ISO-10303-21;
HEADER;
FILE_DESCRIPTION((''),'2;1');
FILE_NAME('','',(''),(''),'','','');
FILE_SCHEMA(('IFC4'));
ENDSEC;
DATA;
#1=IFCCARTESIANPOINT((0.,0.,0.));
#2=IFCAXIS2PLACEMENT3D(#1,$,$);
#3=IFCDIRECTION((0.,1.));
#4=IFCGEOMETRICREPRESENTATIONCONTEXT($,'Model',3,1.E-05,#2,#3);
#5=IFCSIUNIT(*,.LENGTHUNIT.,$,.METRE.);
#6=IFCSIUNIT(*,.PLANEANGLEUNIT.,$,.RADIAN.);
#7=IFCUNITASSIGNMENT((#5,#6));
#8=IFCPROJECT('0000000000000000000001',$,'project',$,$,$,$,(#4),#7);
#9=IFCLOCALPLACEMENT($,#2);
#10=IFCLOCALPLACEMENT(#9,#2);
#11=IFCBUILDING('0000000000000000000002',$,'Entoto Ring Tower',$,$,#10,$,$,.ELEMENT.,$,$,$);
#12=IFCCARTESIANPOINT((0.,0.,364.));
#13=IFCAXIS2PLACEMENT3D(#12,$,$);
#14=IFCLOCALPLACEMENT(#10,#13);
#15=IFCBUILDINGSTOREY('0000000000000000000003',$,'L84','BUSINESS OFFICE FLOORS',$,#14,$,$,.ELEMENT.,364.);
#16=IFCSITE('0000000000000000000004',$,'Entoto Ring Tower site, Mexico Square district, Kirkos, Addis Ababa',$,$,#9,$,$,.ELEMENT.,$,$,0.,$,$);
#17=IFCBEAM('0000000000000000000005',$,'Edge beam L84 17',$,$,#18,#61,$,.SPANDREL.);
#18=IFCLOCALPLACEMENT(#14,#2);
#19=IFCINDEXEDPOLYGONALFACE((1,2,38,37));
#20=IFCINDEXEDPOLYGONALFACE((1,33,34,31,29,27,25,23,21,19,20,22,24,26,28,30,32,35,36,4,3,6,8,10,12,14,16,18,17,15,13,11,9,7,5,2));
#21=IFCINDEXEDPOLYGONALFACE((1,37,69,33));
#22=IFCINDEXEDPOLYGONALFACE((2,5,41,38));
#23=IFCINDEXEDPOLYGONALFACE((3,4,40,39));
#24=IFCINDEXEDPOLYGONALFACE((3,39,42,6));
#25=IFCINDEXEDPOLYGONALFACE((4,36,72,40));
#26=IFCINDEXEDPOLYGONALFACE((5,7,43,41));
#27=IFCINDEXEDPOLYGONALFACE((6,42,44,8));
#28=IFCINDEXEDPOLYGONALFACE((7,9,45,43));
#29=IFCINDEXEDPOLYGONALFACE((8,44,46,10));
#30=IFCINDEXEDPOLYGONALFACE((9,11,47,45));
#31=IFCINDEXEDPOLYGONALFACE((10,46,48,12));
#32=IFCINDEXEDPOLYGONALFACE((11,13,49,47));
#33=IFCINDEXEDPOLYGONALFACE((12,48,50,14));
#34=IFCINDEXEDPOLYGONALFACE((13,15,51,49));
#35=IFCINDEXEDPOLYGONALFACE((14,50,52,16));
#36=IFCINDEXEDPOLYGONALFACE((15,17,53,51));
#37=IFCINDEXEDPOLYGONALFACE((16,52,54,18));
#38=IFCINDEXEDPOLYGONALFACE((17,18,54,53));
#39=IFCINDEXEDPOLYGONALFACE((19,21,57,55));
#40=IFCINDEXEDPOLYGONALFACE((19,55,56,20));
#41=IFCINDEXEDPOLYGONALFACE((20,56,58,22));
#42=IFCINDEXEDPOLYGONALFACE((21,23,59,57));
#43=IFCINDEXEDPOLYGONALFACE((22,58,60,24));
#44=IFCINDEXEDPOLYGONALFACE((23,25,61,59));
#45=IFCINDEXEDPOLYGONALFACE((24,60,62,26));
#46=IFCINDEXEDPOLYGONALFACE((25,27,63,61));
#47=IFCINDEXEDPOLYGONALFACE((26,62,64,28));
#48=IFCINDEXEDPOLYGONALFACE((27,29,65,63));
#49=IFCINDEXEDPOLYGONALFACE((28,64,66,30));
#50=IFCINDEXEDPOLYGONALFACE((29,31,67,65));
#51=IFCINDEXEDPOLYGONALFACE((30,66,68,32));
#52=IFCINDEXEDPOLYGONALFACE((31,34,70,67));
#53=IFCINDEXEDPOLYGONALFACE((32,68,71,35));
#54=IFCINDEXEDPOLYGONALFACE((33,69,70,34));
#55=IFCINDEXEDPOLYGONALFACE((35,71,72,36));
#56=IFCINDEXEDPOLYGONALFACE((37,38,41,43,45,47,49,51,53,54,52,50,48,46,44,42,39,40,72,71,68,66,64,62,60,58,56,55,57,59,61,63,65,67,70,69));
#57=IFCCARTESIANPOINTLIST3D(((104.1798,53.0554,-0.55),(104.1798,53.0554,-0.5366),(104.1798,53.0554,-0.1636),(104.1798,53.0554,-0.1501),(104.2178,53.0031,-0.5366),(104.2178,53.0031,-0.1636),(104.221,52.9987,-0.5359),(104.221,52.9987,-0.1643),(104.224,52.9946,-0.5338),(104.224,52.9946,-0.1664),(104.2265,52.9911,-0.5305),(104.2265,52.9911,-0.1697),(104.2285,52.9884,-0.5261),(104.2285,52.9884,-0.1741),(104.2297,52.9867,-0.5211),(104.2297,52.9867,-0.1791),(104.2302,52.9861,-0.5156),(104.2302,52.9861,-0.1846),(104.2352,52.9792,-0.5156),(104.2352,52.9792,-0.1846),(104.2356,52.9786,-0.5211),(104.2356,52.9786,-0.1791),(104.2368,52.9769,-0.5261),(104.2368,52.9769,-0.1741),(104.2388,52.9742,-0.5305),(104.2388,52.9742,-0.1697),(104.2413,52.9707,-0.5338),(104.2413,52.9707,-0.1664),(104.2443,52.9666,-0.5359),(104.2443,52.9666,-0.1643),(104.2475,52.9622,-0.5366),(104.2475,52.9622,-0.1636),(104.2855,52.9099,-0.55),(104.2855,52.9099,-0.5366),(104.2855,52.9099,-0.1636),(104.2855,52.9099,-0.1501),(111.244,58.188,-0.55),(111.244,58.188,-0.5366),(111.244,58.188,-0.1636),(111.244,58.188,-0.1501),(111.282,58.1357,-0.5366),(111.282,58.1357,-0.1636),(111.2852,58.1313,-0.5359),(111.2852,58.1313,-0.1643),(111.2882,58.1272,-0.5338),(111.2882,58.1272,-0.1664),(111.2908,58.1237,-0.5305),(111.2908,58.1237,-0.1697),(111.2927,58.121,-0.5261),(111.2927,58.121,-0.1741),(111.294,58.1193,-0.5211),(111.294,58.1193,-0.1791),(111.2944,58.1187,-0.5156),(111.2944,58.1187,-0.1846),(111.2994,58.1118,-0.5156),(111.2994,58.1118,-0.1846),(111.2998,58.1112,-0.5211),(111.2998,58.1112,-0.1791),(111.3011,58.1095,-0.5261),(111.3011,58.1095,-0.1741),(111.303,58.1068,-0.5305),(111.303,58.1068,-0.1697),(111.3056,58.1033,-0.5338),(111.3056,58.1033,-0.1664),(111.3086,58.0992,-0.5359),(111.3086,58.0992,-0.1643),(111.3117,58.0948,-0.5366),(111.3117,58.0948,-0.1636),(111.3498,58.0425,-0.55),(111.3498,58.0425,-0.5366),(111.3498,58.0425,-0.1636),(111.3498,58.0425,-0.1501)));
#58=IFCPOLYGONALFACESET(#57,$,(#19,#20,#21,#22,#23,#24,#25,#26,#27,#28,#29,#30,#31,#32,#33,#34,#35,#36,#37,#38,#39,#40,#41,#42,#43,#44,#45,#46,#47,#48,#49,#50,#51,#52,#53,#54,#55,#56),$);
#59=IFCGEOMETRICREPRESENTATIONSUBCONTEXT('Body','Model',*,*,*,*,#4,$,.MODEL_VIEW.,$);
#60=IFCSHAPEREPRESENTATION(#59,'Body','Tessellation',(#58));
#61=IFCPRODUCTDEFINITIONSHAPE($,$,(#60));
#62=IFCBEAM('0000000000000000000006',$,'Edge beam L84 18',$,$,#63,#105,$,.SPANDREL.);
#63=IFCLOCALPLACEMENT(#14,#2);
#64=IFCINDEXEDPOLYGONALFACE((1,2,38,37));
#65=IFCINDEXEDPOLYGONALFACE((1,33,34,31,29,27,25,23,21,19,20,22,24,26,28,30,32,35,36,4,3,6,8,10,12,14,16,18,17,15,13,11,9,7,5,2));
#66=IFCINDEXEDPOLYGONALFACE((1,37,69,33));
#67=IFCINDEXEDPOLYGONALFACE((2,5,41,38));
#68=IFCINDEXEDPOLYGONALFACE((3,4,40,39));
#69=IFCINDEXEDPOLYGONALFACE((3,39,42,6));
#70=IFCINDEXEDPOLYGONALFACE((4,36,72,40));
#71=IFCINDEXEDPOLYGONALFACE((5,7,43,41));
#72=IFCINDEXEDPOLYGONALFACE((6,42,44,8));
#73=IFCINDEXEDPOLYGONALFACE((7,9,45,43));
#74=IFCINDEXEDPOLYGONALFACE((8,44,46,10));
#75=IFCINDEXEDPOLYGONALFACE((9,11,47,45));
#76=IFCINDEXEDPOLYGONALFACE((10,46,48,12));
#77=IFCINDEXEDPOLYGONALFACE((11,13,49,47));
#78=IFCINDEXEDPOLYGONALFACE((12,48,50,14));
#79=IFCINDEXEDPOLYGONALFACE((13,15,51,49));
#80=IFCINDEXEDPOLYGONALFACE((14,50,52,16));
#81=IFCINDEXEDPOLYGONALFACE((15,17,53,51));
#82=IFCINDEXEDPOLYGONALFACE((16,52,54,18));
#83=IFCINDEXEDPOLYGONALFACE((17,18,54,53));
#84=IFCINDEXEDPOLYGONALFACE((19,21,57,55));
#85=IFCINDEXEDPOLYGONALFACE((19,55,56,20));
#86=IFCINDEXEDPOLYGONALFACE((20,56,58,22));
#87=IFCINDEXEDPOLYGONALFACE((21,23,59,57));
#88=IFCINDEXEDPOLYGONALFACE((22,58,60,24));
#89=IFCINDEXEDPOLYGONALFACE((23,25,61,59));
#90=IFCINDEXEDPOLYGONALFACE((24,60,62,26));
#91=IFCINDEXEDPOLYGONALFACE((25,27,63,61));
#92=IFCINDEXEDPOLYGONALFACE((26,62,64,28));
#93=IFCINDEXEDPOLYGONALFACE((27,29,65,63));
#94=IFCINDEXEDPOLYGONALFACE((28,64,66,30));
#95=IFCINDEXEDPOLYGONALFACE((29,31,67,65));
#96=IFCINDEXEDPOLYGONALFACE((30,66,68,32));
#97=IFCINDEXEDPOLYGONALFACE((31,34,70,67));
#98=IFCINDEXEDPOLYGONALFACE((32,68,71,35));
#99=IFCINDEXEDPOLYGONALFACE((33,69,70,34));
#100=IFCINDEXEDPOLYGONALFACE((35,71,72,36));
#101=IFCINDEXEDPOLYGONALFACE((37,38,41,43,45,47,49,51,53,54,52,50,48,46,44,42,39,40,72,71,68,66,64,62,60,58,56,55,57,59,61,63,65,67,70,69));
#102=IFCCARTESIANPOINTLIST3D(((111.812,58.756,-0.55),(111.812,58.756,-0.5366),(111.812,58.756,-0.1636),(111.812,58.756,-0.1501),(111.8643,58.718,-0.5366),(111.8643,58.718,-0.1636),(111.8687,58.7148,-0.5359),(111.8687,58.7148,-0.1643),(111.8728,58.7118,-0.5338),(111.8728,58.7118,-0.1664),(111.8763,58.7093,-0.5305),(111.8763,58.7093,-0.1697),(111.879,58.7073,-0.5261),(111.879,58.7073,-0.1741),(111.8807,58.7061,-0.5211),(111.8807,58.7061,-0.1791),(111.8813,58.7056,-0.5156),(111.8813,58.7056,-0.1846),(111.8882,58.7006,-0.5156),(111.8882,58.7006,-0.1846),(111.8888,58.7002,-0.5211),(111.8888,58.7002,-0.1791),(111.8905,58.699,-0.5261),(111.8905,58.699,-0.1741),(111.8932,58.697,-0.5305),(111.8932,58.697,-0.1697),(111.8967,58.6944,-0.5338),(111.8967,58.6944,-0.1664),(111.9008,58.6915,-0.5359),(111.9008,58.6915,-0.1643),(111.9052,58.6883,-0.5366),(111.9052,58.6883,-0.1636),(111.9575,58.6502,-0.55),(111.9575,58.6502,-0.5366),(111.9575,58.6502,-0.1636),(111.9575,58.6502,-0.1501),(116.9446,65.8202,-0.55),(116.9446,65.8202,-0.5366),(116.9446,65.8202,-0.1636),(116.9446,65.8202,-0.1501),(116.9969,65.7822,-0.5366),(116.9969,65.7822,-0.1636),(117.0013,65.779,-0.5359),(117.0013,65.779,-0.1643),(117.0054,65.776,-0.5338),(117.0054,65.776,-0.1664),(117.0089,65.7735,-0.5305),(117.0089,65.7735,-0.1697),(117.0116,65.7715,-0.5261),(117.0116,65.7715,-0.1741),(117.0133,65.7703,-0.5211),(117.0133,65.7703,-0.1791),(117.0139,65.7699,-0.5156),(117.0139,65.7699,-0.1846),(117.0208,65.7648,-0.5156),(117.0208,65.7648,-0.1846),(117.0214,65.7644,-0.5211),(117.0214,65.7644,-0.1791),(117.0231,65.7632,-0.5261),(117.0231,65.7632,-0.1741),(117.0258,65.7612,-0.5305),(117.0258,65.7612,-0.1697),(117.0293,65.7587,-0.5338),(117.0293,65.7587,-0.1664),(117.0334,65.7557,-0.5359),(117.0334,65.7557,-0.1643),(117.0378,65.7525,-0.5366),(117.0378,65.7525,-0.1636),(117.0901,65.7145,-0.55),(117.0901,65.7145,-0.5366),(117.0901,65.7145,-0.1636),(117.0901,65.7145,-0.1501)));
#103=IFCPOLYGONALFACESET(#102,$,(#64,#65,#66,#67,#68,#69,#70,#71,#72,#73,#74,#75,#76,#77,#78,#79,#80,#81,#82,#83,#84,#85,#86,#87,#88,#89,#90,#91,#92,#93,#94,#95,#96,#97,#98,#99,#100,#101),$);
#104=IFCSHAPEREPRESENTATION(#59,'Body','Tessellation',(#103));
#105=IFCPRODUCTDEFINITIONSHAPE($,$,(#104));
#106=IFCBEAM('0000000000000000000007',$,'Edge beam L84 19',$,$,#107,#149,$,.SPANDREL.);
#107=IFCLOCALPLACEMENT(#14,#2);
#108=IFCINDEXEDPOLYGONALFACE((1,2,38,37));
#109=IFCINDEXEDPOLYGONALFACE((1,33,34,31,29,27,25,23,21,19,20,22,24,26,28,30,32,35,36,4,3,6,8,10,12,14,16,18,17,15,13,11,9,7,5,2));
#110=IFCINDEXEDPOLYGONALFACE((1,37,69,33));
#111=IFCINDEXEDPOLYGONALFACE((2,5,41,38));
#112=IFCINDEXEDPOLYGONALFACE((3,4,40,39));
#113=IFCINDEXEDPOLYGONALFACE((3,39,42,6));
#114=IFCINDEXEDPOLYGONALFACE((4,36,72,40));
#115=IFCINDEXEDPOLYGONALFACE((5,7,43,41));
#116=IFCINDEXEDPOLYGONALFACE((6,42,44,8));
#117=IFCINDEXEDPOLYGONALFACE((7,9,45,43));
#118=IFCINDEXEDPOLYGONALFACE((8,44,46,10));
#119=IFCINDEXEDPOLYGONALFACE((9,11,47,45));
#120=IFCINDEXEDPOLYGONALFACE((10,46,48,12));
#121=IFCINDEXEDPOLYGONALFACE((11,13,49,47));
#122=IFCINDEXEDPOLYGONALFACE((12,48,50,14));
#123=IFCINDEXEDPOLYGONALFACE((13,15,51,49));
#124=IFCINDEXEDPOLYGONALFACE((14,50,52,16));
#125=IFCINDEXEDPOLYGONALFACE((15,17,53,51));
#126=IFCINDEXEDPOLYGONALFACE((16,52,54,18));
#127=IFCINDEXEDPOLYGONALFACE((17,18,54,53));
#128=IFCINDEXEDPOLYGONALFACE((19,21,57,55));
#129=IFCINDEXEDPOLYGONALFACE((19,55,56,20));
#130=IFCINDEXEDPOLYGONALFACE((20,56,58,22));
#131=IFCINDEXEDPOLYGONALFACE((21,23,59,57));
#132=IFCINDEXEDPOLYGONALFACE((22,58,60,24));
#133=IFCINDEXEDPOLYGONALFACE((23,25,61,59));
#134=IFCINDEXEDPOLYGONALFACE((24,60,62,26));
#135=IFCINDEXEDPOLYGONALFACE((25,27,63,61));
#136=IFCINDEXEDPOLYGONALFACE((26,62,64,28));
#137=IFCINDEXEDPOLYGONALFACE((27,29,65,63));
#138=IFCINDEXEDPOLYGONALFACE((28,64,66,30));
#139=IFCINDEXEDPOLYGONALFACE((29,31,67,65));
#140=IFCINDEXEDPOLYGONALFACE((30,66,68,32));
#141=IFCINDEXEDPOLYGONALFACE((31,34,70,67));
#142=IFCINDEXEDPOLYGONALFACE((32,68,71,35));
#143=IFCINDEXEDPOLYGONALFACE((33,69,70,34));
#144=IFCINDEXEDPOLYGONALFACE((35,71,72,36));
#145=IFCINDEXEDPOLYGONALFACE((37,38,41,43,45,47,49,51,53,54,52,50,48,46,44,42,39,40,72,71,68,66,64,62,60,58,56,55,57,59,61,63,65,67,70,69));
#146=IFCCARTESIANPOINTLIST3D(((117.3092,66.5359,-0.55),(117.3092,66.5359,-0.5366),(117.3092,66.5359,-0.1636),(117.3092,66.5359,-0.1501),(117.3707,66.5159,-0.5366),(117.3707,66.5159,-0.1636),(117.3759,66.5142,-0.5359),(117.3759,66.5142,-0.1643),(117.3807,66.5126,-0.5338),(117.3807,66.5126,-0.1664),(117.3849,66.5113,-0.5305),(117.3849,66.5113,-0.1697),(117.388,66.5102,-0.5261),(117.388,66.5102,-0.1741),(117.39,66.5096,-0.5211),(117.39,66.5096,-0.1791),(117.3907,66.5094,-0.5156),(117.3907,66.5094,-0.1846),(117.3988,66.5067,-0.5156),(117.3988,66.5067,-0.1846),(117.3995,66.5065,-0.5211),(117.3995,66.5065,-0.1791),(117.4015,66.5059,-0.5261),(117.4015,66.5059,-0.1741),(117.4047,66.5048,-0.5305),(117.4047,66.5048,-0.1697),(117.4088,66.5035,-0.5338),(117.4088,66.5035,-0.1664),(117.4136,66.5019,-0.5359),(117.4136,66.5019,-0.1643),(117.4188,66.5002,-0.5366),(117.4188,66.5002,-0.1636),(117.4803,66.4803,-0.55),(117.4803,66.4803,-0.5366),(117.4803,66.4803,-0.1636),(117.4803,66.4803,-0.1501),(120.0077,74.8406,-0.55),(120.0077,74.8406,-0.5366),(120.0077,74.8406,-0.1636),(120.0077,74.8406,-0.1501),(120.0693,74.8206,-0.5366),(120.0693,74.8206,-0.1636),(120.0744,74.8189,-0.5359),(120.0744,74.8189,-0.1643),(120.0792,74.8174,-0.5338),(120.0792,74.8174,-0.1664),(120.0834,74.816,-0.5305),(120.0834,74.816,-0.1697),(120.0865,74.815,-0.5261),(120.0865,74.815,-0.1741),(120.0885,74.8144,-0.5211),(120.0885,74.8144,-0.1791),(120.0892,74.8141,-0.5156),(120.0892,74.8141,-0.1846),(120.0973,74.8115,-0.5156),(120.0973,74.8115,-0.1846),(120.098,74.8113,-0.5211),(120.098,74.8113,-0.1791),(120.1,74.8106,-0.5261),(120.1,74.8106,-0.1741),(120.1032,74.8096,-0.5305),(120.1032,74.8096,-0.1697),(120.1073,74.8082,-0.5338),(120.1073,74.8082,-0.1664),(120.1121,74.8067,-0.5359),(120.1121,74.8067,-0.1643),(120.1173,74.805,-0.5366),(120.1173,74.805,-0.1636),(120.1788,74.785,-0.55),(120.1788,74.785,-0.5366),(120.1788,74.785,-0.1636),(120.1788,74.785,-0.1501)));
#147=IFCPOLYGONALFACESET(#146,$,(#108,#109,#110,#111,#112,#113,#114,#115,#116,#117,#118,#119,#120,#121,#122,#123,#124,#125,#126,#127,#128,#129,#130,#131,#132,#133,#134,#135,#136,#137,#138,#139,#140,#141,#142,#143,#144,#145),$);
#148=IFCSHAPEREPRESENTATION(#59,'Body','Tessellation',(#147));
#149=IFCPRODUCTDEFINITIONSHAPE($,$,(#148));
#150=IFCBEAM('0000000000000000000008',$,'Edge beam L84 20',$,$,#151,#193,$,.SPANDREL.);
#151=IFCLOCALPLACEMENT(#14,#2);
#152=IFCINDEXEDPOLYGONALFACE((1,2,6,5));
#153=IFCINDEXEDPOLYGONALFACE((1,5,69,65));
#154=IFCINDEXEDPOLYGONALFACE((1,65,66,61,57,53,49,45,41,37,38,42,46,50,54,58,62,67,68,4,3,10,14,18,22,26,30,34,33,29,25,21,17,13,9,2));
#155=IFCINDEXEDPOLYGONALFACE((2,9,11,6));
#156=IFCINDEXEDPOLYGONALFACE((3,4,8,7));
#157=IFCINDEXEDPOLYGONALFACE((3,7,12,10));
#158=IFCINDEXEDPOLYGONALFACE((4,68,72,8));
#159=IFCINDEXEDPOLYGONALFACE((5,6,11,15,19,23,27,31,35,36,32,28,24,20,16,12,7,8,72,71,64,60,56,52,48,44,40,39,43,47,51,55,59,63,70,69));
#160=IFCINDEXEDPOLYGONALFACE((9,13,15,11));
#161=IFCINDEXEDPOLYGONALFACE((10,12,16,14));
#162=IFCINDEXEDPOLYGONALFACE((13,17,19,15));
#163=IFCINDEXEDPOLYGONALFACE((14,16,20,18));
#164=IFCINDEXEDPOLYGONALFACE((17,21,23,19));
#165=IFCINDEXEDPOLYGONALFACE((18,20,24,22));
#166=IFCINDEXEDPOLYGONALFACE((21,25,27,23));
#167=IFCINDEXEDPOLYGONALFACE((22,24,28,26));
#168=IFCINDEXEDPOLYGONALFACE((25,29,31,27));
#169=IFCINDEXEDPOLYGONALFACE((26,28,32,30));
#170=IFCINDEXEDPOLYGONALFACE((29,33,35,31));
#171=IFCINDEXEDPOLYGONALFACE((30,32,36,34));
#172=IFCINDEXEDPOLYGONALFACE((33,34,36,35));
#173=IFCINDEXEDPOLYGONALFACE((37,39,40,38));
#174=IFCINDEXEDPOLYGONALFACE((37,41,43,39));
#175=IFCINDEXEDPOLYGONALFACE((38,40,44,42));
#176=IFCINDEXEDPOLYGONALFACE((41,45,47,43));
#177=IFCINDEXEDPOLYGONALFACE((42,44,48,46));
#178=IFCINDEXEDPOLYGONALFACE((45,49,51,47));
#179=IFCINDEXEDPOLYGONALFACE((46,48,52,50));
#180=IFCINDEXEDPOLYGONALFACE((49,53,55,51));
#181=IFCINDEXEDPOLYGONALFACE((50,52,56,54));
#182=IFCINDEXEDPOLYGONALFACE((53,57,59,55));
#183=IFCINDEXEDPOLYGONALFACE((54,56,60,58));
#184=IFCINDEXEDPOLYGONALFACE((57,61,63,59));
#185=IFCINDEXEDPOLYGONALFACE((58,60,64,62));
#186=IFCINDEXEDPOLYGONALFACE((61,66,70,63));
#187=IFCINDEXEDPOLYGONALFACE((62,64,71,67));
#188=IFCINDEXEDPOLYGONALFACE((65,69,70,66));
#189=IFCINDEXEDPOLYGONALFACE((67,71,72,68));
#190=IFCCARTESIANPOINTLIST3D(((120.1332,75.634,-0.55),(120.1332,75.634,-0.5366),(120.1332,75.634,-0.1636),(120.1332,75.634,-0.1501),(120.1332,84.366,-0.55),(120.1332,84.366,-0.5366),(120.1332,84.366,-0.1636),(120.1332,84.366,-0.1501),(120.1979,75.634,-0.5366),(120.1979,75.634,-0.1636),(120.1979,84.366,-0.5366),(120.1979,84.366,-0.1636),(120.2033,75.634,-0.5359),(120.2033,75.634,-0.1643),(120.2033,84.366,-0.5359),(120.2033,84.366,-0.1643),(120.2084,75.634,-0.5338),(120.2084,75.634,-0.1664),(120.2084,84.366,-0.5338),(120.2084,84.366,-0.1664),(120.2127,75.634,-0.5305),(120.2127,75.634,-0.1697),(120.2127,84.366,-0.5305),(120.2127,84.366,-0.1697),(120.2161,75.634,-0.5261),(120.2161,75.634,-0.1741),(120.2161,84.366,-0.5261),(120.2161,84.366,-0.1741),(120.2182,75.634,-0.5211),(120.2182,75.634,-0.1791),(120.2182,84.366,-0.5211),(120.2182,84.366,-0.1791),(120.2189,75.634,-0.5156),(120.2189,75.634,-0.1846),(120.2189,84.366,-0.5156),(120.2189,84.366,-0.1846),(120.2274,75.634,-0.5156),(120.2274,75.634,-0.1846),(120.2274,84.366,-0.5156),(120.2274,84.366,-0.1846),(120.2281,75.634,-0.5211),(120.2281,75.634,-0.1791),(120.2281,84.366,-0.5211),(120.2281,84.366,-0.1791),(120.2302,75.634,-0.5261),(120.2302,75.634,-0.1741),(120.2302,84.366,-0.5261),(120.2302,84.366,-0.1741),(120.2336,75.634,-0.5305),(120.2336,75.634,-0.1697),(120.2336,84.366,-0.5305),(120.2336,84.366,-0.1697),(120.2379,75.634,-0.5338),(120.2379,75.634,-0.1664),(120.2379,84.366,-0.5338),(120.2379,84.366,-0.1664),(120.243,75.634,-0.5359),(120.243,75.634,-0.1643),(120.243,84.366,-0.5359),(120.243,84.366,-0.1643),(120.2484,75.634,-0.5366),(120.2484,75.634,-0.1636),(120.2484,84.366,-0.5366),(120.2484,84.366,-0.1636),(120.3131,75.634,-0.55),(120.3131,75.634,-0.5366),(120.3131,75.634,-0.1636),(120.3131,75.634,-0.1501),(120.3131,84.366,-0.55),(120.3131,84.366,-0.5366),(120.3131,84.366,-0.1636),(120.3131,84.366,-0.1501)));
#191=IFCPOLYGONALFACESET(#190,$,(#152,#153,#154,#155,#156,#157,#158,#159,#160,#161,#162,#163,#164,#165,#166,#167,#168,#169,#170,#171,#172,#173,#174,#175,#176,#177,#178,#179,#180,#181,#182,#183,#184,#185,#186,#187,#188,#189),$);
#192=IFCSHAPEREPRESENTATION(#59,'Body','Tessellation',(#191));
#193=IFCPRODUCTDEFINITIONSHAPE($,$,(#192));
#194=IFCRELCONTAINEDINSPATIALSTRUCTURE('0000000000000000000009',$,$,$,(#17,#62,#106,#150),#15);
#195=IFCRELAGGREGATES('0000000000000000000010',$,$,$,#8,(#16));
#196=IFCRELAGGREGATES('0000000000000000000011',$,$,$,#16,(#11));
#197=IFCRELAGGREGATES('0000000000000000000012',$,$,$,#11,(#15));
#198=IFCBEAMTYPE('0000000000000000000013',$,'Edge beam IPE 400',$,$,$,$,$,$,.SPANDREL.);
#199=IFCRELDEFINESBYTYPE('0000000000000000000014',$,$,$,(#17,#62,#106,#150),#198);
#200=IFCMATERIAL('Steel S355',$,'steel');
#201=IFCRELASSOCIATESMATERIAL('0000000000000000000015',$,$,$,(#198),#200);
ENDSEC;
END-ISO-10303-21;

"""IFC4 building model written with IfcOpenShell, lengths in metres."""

from ifc_helpers import new_model, si_unit, direction, frame, origin, origin_2d, place, context, subcontext, project, spatial, i_section, extrude, material, material_profile, profile_set, type_object, element, save


model = new_model("IFC4")

# Units and contexts
model_context = context("Model", 3, precision=1e-05, world=origin(), true_north=direction((0.0, 1.0)))
body_context = subcontext(model_context, "Body", "Model", "MODEL_VIEW")
ifc_project = project(units=[si_unit("LENGTHUNIT", "METRE"), si_unit("PLANEANGLEUNIT", "RADIAN")], contexts=[model_context])

# Site, building, storey
site_placement = place(None, origin())
site = spatial("IfcSite", under=ifc_project, at=site_placement, Name="Entoto Ring Tower site, Mexico Square district, Kirkos, Addis Ababa", CompositionType="ELEMENT", RefElevation=0.0)
building_placement = place(site_placement, origin())
building = spatial("IfcBuilding", under=site, at=building_placement, Name="Entoto Ring Tower", CompositionType="ELEMENT")
storey_placement = place(building_placement, frame((0.0, 0.0, 364.0)))
storey = spatial("IfcBuildingStorey", under=building, at=storey_placement, Name="L84", Description="BUSINESS OFFICE FLOORS", CompositionType="ELEMENT", Elevation=364.0)

# Beams
ifc_material_1 = material(Name="Steel S355", Category="steel")
ifc_material_profile_1 = material_profile(ifc_material_1, i_section(OverallWidth=0.1799, OverallDepth=0.3999, WebThickness=0.0085, FlangeThickness=0.0134, FilletRadius=0.021, at=origin_2d()), Name="IPE 400")
ifc_profile_set_1 = profile_set([ifc_material_profile_1], Name="Steel S355")
beam_type_1 = type_object("IfcBeamType", Name="Edge beam IPE 400", PredefinedType="SPANDREL", material=ifc_profile_set_1)
for number, where, z_axis, x_axis, name in (
    (1, (104.2327, 52.9827, -0.3501), (0.80901, 0.587794, 0.0), (-0.587794, 0.80901, 0.0), "Edge beam L84 17"),
    (2, (111.8848, 58.7031, -0.3501), (0.587794, 0.80901, 0.0), (-0.80901, 0.587794, 0.0), "Edge beam L84 18"),
):
    element("IfcBeam", number, at=place(storey_placement, frame(where, z_axis=z_axis, x_axis=x_axis)), inside=storey, type_object=beam_type_1, Name=name, PredefinedType="SPANDREL", context=body_context, shape_type="SweptSolid", body=[
        extrude(i_section(OverallWidth=0.1799, OverallDepth=0.3999, WebThickness=0.0085, FlangeThickness=0.0134, FilletRadius=0.021, at=origin_2d()), origin(), (0.0, 0.0, 1.0), 8.7319),
    ])
beam_1_placement = place(storey_placement, frame((117.3948, 66.5081, -0.3501), z_axis=(0.30903, 0.951052, 0.0), x_axis=(-0.951052, 0.30903, 0.0)))
element("IfcBeam", 3, at=beam_1_placement, inside=storey, type_object=beam_type_1, Name="Edge beam L84 19", PredefinedType="SPANDREL", context=body_context, shape_type="SweptSolid", body=[
    extrude(i_section(OverallWidth=0.1799, OverallDepth=0.3999, WebThickness=0.0085, FlangeThickness=0.0134, FilletRadius=0.021, at=origin_2d()), origin(), (0.0, 0.0, 1.0), 8.7322),
])
beam_2_placement = place(storey_placement, frame((120.2231, 75.634, -0.3501), z_axis=(0.0, 1.0, 0.0), x_axis=(-1.0, 0.0, 0.0)))
element("IfcBeam", 4, at=beam_2_placement, inside=storey, type_object=beam_type_1, Name="Edge beam L84 20", PredefinedType="SPANDREL", context=body_context, shape_type="SweptSolid", body=[
    extrude(i_section(OverallWidth=0.1799, OverallDepth=0.3999, WebThickness=0.0085, FlangeThickness=0.0134, FilletRadius=0.021, at=origin_2d()), origin(), (0.0, 0.0, 1.0), 8.7319),
])

save(model, "model.ifc")
